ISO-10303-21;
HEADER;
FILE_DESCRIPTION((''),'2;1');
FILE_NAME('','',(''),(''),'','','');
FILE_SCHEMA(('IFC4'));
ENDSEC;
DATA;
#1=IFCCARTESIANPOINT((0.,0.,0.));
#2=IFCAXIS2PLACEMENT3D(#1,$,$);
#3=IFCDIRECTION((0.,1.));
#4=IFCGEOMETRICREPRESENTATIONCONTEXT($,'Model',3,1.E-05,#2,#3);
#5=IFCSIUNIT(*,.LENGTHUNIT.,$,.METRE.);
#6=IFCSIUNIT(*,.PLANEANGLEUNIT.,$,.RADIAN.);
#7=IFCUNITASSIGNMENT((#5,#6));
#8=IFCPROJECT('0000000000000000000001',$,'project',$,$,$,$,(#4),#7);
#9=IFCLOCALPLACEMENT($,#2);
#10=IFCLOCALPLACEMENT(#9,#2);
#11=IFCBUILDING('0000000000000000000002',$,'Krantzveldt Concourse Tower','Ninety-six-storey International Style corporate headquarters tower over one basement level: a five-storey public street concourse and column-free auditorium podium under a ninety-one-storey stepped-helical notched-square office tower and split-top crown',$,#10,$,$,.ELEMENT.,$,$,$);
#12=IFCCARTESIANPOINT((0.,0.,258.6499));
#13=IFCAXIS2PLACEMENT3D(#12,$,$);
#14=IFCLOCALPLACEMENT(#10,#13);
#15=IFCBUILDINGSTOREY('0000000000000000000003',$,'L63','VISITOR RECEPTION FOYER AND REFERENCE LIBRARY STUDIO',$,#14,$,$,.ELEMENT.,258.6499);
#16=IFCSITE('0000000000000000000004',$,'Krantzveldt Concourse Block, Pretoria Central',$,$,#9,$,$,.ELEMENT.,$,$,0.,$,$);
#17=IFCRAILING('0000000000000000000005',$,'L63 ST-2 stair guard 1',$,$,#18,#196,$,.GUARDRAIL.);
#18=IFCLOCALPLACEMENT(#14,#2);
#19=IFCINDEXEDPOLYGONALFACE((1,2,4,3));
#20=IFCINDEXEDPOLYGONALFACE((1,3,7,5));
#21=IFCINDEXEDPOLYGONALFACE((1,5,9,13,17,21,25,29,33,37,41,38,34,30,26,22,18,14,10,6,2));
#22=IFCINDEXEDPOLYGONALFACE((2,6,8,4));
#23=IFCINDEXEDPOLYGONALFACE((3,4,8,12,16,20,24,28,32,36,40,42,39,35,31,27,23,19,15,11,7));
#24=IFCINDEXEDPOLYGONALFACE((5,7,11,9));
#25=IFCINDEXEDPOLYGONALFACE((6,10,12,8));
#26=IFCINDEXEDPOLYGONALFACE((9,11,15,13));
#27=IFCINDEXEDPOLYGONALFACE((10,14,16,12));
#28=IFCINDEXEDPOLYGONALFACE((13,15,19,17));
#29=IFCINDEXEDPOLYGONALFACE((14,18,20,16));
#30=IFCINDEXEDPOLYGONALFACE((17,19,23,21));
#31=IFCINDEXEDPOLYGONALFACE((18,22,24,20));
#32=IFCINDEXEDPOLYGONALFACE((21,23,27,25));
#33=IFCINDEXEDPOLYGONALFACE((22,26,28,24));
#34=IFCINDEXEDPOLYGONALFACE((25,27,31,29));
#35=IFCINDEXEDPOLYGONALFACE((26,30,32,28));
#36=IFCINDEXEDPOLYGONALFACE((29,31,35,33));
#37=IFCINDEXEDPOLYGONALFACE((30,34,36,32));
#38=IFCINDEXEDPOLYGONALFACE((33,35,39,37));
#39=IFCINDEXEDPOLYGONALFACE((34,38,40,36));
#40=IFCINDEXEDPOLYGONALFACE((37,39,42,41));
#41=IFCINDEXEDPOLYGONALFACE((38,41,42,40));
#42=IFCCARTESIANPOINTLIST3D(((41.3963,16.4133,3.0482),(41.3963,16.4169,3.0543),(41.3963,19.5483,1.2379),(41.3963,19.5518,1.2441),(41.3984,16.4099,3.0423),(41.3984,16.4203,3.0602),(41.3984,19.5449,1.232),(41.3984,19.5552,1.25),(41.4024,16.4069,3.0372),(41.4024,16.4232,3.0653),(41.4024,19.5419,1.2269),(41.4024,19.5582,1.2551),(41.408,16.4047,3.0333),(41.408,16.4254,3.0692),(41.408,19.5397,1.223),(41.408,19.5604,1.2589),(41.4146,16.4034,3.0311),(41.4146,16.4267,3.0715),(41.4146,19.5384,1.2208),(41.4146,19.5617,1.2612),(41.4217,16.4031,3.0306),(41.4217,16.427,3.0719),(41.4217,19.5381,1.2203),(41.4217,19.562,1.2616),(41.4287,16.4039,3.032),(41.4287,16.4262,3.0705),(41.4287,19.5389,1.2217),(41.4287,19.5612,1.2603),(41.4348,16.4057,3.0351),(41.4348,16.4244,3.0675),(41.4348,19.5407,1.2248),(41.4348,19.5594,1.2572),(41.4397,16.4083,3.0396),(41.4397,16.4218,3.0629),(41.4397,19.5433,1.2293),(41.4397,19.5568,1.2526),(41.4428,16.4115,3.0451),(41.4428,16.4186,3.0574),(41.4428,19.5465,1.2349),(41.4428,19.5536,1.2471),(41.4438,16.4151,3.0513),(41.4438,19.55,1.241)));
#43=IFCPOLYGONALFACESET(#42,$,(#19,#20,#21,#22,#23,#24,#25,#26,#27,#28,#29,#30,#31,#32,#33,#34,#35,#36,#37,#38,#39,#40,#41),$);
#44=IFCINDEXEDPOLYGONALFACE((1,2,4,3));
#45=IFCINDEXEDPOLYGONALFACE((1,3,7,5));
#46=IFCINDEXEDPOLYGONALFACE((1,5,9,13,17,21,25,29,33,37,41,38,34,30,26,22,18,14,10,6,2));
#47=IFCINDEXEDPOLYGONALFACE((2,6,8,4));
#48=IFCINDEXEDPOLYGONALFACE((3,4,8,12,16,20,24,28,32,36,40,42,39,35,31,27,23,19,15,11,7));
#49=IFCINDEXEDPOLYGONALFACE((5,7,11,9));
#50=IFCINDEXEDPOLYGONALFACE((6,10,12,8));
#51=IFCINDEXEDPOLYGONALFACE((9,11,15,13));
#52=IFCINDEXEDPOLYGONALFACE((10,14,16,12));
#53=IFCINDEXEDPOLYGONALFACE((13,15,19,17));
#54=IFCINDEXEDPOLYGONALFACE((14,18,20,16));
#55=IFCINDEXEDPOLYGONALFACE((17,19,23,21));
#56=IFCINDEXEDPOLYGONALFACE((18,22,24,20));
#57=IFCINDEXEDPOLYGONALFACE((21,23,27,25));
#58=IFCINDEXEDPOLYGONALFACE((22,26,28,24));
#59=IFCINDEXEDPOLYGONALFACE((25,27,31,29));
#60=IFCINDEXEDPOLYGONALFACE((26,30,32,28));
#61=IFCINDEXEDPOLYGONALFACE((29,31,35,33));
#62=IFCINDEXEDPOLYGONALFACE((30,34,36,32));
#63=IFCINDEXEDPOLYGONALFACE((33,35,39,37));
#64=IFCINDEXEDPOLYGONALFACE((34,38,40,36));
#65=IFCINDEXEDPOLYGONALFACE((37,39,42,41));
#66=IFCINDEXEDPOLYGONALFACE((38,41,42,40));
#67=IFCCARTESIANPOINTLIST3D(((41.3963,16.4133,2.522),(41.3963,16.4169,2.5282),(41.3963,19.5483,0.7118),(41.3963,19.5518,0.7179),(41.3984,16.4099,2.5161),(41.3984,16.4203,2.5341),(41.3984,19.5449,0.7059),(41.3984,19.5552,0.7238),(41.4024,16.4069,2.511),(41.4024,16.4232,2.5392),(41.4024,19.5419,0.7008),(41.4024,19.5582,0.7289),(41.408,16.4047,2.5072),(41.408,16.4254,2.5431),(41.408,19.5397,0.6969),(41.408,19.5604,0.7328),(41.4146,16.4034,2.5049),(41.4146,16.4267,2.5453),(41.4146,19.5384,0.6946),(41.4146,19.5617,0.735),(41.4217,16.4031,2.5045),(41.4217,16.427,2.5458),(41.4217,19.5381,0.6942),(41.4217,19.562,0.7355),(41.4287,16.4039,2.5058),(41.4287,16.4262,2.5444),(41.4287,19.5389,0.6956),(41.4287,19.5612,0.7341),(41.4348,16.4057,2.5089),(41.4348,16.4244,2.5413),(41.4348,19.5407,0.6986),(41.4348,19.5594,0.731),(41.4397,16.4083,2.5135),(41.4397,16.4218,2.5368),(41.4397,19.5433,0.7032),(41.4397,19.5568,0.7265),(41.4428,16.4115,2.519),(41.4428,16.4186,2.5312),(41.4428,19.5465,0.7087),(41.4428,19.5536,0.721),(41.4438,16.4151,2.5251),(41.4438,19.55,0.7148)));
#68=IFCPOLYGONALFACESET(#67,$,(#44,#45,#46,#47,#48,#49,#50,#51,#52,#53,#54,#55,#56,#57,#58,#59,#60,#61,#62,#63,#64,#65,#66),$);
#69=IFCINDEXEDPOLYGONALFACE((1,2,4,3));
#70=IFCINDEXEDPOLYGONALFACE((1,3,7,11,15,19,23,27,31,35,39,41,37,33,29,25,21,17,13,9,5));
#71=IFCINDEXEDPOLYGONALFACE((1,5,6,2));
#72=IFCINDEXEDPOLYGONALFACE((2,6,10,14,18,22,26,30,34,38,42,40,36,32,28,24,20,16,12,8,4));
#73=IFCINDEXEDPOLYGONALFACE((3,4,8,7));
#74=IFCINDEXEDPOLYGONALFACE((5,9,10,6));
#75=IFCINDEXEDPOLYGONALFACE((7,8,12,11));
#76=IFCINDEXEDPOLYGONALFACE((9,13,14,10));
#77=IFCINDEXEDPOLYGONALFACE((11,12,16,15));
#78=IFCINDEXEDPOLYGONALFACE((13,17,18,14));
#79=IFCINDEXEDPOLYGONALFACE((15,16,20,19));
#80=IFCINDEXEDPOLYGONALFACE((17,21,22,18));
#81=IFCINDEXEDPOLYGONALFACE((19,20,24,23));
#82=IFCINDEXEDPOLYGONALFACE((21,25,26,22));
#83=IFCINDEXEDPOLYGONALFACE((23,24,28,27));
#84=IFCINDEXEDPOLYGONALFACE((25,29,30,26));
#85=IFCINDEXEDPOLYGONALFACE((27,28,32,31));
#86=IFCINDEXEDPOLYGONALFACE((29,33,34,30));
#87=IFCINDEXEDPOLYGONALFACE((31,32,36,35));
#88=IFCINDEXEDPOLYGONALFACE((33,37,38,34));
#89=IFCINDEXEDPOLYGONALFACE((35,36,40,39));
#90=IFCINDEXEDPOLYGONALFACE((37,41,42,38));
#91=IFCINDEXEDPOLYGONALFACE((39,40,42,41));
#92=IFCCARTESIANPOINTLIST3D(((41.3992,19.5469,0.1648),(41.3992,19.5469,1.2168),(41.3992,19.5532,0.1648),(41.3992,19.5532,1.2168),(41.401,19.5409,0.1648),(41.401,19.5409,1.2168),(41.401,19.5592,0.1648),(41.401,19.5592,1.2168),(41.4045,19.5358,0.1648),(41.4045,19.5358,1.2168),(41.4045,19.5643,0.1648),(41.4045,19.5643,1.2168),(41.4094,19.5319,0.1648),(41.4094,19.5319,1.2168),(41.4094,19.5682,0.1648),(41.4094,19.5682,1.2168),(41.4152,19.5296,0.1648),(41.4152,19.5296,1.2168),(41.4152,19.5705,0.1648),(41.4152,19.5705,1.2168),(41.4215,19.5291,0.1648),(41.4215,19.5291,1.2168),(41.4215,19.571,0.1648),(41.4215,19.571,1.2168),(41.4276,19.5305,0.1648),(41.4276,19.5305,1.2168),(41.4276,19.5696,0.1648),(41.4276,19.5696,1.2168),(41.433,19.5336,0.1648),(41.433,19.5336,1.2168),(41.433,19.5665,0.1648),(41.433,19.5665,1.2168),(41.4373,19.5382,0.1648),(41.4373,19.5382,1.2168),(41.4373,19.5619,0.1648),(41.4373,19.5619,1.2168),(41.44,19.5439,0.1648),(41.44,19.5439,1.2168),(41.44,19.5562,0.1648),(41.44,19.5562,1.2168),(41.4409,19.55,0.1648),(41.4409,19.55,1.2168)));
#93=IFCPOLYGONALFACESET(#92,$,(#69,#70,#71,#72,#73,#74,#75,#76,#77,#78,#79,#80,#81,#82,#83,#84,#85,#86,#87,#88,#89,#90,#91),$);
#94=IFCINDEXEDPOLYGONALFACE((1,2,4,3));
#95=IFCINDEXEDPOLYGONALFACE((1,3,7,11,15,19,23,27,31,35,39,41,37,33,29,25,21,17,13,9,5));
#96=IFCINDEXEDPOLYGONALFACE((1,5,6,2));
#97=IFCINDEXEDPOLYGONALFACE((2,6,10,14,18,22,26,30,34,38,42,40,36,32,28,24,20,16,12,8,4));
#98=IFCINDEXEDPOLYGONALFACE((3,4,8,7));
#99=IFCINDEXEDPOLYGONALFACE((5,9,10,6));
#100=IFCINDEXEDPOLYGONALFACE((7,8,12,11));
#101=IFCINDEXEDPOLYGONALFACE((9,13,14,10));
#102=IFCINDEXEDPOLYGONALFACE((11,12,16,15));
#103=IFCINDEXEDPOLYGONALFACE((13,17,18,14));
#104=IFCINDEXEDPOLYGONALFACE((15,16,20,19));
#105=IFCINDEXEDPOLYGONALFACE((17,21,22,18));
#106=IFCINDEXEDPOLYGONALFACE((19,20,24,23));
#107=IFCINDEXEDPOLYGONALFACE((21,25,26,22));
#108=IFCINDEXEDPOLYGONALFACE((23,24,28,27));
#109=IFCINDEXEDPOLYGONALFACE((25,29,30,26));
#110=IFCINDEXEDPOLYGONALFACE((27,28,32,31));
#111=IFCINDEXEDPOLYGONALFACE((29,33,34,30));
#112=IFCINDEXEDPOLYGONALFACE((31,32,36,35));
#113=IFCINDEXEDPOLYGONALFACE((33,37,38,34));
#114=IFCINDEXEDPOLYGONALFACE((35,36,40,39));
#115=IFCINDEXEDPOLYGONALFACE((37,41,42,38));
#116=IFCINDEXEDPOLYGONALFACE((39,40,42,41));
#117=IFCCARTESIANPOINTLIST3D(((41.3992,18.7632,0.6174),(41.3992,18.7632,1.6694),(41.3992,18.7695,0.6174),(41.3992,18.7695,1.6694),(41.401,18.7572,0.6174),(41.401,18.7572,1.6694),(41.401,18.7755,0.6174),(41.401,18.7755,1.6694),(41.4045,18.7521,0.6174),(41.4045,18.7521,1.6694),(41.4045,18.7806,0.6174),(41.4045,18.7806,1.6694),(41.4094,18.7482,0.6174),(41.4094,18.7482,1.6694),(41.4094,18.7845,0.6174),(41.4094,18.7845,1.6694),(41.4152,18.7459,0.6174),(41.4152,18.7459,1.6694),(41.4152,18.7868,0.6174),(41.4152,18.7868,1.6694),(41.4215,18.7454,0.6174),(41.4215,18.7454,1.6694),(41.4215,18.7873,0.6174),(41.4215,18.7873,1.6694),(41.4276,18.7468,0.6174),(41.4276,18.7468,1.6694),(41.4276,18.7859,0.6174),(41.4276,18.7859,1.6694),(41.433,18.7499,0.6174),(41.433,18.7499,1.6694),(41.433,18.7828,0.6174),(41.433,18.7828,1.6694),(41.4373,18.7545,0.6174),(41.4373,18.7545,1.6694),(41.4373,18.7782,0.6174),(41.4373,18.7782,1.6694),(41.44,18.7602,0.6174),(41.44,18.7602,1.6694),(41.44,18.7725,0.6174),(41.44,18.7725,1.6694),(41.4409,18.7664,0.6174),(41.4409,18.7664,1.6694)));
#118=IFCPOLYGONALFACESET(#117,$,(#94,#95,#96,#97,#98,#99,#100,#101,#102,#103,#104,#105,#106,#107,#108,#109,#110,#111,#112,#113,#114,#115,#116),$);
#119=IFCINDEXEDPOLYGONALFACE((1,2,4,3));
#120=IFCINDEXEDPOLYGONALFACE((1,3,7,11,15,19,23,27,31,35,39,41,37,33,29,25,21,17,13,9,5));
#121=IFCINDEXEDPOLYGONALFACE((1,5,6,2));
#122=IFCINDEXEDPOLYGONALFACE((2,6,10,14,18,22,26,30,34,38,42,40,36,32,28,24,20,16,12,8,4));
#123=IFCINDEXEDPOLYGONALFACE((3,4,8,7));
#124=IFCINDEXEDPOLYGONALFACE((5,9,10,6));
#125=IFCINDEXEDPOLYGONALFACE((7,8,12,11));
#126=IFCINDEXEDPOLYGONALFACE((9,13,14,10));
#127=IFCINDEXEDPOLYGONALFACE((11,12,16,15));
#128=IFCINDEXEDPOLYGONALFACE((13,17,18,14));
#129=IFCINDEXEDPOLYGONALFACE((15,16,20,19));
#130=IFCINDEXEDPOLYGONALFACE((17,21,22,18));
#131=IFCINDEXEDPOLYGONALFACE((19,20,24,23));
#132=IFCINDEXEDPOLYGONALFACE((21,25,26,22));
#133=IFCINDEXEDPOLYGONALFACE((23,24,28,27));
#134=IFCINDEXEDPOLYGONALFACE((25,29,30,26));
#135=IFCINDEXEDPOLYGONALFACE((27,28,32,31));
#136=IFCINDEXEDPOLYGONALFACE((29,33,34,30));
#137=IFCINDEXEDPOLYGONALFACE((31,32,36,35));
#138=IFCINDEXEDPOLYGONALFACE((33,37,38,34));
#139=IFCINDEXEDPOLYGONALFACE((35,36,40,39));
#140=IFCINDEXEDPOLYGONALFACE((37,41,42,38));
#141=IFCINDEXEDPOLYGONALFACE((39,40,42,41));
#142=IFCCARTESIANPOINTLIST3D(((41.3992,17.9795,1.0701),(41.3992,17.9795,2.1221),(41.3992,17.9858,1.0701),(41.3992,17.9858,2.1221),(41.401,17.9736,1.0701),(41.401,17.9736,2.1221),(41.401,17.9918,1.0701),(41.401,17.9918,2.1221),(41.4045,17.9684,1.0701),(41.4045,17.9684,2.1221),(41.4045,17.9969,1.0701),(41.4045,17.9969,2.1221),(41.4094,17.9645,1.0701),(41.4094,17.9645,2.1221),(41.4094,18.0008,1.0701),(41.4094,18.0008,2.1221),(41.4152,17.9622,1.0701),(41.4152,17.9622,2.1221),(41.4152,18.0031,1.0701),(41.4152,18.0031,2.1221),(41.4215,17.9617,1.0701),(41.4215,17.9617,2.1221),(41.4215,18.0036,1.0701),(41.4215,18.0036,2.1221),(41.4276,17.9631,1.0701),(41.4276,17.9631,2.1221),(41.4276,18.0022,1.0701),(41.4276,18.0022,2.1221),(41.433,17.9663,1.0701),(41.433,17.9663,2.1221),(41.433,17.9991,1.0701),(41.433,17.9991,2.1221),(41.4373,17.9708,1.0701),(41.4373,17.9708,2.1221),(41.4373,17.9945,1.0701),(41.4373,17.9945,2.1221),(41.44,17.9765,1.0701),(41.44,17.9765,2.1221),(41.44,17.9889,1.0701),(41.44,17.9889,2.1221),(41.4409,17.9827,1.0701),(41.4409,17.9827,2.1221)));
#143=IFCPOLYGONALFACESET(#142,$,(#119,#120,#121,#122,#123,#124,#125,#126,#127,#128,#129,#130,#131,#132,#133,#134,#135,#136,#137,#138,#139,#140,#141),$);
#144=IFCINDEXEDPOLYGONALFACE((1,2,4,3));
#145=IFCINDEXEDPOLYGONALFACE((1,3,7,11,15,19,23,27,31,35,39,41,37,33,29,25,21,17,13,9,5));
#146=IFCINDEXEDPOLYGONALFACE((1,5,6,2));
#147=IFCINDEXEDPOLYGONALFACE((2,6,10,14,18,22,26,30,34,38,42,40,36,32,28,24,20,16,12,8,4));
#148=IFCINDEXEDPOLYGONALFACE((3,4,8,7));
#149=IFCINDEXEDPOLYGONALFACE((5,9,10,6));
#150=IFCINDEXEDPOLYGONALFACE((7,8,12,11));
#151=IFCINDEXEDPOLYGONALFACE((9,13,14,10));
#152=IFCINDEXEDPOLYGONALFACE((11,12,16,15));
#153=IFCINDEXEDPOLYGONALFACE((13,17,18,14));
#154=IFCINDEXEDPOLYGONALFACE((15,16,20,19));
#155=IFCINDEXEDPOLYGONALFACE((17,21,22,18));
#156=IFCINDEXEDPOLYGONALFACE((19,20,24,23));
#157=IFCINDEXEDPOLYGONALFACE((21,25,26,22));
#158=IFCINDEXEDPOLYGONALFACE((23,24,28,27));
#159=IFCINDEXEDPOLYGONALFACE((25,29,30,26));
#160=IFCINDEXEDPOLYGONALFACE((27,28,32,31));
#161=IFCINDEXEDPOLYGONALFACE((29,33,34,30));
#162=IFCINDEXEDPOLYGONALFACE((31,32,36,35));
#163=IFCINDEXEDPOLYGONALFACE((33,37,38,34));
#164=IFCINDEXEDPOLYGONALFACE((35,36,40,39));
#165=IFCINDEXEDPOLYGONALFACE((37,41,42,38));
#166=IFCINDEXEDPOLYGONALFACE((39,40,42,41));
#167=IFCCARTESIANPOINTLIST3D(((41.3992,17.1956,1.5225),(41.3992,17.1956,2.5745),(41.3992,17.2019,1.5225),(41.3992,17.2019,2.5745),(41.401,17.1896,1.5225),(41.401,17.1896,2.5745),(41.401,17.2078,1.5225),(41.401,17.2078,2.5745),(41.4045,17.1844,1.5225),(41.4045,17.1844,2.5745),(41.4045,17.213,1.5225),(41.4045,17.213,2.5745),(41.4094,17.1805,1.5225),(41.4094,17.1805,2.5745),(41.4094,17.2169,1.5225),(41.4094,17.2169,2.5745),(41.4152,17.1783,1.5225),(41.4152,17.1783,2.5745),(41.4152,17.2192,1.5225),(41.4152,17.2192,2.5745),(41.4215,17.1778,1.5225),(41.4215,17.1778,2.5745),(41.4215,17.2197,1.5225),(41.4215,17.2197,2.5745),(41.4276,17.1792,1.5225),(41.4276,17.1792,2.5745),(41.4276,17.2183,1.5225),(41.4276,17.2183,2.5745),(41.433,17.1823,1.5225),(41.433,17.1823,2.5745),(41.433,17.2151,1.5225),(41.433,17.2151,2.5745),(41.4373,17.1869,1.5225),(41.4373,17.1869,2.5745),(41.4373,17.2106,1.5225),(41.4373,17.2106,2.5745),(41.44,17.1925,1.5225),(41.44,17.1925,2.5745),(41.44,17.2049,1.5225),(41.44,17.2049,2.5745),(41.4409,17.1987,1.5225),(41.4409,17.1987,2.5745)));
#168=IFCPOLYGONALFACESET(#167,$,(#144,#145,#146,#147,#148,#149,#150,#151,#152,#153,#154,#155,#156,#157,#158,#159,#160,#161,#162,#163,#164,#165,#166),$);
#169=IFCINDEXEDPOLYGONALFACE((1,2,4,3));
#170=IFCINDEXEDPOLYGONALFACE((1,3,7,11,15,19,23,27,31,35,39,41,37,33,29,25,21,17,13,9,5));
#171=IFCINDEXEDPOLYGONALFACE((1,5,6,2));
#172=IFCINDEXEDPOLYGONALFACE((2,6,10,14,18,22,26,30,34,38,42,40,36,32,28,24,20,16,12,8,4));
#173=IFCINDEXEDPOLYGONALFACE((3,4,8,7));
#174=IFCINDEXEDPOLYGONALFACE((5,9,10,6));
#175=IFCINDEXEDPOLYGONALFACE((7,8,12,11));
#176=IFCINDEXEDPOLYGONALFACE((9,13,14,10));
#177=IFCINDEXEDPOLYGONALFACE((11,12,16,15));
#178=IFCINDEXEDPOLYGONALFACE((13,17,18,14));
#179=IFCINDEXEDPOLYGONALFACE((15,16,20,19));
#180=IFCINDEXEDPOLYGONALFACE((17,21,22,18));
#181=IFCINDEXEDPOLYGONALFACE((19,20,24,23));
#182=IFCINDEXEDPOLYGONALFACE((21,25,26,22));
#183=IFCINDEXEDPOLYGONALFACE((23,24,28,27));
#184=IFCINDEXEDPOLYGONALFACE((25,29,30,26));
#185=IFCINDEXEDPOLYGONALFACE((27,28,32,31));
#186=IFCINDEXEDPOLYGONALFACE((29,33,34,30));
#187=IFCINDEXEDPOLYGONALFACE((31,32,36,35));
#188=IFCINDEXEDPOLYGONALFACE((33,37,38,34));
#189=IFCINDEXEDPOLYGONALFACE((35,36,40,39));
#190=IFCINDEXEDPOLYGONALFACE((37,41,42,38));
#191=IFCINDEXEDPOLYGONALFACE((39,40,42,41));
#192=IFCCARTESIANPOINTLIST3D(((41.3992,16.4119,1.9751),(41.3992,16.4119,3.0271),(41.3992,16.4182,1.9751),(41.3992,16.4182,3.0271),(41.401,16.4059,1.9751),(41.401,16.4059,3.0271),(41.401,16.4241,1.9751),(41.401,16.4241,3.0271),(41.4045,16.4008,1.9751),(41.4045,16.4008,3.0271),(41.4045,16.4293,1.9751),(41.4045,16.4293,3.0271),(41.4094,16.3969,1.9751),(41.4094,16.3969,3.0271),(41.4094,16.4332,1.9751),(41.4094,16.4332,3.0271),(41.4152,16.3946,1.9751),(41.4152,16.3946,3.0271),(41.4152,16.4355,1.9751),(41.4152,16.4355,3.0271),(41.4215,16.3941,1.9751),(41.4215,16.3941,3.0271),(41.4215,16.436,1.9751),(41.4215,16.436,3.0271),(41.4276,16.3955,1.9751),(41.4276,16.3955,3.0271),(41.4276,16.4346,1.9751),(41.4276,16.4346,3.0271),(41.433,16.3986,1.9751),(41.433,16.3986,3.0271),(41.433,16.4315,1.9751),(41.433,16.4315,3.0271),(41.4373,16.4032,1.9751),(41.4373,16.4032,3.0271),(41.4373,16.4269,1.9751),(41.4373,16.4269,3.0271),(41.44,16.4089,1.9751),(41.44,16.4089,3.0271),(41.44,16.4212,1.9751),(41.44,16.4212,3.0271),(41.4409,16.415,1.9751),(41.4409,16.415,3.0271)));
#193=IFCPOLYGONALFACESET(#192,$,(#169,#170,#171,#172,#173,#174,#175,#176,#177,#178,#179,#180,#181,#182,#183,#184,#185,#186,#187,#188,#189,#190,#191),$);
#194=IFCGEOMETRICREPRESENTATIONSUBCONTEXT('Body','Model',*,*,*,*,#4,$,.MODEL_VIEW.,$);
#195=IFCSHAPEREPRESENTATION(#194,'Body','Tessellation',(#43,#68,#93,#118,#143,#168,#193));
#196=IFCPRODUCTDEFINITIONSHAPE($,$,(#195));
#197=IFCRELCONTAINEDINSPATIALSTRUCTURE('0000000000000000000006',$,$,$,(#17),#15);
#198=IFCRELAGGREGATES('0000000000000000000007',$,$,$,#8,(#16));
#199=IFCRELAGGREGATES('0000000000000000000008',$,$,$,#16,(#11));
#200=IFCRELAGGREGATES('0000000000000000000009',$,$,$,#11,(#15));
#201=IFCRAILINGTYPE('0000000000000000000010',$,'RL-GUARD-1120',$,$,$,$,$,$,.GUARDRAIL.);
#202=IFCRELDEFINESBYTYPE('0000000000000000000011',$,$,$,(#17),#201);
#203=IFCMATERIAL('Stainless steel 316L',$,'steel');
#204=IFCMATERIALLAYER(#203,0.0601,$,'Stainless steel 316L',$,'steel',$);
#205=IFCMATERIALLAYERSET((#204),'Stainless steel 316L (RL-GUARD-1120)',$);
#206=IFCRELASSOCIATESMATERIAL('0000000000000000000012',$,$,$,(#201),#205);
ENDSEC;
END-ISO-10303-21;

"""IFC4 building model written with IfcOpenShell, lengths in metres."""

from ifc_helpers import new_model, si_unit, direction, frame, origin, origin_2d, place, context, subcontext, project, spatial, circle, extrude, material, layer, layer_set, type_object, element, save


model = new_model("IFC4")

# Units and contexts
model_context = context("Model", 3, precision=1e-05, world=origin(), true_north=direction((0.0, 1.0)))
body_context = subcontext(model_context, "Body", "Model", "MODEL_VIEW")
ifc_project = project(units=[si_unit("LENGTHUNIT", "METRE"), si_unit("PLANEANGLEUNIT", "RADIAN")], contexts=[model_context])

# Site, building, storey
site_placement = place(None, origin())
site = spatial("IfcSite", under=ifc_project, at=site_placement, Name="Krantzveldt Concourse Block, Pretoria Central", CompositionType="ELEMENT", RefElevation=0.0)
building_placement = place(site_placement, origin())
building = spatial("IfcBuilding", under=site, at=building_placement, Name="Krantzveldt Concourse Tower", Description="Ninety-six-storey International Style corporate headquarters tower over one basement level: a five-storey public street concourse and column-free auditorium podium under a ninety-one-storey stepped-helical notched-square office tower and split-top crown", CompositionType="ELEMENT")
storey_placement = place(building_placement, frame((0.0, 0.0, 258.6499)))
storey = spatial("IfcBuildingStorey", under=building, at=storey_placement, Name="L63", Description="VISITOR RECEPTION FOYER AND REFERENCE LIBRARY STUDIO", CompositionType="ELEMENT", Elevation=258.6499)

# Shared definitions
ifc_material_1 = material(Name="Stainless steel 316L", Category="steel")

# Railing
ifc_layer_1 = layer(ifc_material_1, 0.0601, Name="Stainless steel 316L", Category="steel")
ifc_layer_set_1 = layer_set([ifc_layer_1], Name="Stainless steel 316L (RL-GUARD-1120)")
railing_type_1 = type_object("IfcRailingType", Name="RL-GUARD-1120", PredefinedType="GUARDRAIL", material=ifc_layer_set_1)
railing_1_placement = place(storey_placement, frame((41.4199, 19.55, 0.1648)))
element("IfcRailing", 1, at=railing_1_placement, inside=storey, type_object=railing_type_1, Name="L63 ST-2 stair guard 1", PredefinedType="GUARDRAIL", context=body_context, shape_type="SweptSolid", body=[
    extrude(circle(Radius=0.0239, at=origin_2d()), frame((0.0, 0.0, 1.0762), z_axis=(0.0, -0.865989, 0.500063), x_axis=(1.0, 0.0, 0.0)), (0.0, 0.0, 1.0), 3.6201),
    extrude(circle(Radius=0.0239, at=origin_2d()), frame((0.0, 0.0, 0.55), z_axis=(0.0, -0.865989, 0.500063), x_axis=(1.0, 0.0, 0.0)), (0.0, 0.0, 1.0), 3.6201),
    extrude(circle(Radius=0.021, at=origin_2d()), origin(), (0.0, 0.0, 1.0), 1.052),
    extrude(circle(Radius=0.021, at=origin_2d()), frame((0.0, -0.7837, 0.4526)), (0.0, 0.0, 1.0), 1.052),
    extrude(circle(Radius=0.021, at=origin_2d()), frame((0.0, -1.5674, 0.9053)), (0.0, 0.0, 1.0), 1.052),
    extrude(circle(Radius=0.021, at=origin_2d()), frame((0.0, -2.3513, 1.3577)), (0.0, 0.0, 1.0), 1.052),
    extrude(circle(Radius=0.021, at=origin_2d()), frame((0.0, -3.135, 1.8103)), (0.0, 0.0, 1.0), 1.052),
])

save(model, "model.ifc")
